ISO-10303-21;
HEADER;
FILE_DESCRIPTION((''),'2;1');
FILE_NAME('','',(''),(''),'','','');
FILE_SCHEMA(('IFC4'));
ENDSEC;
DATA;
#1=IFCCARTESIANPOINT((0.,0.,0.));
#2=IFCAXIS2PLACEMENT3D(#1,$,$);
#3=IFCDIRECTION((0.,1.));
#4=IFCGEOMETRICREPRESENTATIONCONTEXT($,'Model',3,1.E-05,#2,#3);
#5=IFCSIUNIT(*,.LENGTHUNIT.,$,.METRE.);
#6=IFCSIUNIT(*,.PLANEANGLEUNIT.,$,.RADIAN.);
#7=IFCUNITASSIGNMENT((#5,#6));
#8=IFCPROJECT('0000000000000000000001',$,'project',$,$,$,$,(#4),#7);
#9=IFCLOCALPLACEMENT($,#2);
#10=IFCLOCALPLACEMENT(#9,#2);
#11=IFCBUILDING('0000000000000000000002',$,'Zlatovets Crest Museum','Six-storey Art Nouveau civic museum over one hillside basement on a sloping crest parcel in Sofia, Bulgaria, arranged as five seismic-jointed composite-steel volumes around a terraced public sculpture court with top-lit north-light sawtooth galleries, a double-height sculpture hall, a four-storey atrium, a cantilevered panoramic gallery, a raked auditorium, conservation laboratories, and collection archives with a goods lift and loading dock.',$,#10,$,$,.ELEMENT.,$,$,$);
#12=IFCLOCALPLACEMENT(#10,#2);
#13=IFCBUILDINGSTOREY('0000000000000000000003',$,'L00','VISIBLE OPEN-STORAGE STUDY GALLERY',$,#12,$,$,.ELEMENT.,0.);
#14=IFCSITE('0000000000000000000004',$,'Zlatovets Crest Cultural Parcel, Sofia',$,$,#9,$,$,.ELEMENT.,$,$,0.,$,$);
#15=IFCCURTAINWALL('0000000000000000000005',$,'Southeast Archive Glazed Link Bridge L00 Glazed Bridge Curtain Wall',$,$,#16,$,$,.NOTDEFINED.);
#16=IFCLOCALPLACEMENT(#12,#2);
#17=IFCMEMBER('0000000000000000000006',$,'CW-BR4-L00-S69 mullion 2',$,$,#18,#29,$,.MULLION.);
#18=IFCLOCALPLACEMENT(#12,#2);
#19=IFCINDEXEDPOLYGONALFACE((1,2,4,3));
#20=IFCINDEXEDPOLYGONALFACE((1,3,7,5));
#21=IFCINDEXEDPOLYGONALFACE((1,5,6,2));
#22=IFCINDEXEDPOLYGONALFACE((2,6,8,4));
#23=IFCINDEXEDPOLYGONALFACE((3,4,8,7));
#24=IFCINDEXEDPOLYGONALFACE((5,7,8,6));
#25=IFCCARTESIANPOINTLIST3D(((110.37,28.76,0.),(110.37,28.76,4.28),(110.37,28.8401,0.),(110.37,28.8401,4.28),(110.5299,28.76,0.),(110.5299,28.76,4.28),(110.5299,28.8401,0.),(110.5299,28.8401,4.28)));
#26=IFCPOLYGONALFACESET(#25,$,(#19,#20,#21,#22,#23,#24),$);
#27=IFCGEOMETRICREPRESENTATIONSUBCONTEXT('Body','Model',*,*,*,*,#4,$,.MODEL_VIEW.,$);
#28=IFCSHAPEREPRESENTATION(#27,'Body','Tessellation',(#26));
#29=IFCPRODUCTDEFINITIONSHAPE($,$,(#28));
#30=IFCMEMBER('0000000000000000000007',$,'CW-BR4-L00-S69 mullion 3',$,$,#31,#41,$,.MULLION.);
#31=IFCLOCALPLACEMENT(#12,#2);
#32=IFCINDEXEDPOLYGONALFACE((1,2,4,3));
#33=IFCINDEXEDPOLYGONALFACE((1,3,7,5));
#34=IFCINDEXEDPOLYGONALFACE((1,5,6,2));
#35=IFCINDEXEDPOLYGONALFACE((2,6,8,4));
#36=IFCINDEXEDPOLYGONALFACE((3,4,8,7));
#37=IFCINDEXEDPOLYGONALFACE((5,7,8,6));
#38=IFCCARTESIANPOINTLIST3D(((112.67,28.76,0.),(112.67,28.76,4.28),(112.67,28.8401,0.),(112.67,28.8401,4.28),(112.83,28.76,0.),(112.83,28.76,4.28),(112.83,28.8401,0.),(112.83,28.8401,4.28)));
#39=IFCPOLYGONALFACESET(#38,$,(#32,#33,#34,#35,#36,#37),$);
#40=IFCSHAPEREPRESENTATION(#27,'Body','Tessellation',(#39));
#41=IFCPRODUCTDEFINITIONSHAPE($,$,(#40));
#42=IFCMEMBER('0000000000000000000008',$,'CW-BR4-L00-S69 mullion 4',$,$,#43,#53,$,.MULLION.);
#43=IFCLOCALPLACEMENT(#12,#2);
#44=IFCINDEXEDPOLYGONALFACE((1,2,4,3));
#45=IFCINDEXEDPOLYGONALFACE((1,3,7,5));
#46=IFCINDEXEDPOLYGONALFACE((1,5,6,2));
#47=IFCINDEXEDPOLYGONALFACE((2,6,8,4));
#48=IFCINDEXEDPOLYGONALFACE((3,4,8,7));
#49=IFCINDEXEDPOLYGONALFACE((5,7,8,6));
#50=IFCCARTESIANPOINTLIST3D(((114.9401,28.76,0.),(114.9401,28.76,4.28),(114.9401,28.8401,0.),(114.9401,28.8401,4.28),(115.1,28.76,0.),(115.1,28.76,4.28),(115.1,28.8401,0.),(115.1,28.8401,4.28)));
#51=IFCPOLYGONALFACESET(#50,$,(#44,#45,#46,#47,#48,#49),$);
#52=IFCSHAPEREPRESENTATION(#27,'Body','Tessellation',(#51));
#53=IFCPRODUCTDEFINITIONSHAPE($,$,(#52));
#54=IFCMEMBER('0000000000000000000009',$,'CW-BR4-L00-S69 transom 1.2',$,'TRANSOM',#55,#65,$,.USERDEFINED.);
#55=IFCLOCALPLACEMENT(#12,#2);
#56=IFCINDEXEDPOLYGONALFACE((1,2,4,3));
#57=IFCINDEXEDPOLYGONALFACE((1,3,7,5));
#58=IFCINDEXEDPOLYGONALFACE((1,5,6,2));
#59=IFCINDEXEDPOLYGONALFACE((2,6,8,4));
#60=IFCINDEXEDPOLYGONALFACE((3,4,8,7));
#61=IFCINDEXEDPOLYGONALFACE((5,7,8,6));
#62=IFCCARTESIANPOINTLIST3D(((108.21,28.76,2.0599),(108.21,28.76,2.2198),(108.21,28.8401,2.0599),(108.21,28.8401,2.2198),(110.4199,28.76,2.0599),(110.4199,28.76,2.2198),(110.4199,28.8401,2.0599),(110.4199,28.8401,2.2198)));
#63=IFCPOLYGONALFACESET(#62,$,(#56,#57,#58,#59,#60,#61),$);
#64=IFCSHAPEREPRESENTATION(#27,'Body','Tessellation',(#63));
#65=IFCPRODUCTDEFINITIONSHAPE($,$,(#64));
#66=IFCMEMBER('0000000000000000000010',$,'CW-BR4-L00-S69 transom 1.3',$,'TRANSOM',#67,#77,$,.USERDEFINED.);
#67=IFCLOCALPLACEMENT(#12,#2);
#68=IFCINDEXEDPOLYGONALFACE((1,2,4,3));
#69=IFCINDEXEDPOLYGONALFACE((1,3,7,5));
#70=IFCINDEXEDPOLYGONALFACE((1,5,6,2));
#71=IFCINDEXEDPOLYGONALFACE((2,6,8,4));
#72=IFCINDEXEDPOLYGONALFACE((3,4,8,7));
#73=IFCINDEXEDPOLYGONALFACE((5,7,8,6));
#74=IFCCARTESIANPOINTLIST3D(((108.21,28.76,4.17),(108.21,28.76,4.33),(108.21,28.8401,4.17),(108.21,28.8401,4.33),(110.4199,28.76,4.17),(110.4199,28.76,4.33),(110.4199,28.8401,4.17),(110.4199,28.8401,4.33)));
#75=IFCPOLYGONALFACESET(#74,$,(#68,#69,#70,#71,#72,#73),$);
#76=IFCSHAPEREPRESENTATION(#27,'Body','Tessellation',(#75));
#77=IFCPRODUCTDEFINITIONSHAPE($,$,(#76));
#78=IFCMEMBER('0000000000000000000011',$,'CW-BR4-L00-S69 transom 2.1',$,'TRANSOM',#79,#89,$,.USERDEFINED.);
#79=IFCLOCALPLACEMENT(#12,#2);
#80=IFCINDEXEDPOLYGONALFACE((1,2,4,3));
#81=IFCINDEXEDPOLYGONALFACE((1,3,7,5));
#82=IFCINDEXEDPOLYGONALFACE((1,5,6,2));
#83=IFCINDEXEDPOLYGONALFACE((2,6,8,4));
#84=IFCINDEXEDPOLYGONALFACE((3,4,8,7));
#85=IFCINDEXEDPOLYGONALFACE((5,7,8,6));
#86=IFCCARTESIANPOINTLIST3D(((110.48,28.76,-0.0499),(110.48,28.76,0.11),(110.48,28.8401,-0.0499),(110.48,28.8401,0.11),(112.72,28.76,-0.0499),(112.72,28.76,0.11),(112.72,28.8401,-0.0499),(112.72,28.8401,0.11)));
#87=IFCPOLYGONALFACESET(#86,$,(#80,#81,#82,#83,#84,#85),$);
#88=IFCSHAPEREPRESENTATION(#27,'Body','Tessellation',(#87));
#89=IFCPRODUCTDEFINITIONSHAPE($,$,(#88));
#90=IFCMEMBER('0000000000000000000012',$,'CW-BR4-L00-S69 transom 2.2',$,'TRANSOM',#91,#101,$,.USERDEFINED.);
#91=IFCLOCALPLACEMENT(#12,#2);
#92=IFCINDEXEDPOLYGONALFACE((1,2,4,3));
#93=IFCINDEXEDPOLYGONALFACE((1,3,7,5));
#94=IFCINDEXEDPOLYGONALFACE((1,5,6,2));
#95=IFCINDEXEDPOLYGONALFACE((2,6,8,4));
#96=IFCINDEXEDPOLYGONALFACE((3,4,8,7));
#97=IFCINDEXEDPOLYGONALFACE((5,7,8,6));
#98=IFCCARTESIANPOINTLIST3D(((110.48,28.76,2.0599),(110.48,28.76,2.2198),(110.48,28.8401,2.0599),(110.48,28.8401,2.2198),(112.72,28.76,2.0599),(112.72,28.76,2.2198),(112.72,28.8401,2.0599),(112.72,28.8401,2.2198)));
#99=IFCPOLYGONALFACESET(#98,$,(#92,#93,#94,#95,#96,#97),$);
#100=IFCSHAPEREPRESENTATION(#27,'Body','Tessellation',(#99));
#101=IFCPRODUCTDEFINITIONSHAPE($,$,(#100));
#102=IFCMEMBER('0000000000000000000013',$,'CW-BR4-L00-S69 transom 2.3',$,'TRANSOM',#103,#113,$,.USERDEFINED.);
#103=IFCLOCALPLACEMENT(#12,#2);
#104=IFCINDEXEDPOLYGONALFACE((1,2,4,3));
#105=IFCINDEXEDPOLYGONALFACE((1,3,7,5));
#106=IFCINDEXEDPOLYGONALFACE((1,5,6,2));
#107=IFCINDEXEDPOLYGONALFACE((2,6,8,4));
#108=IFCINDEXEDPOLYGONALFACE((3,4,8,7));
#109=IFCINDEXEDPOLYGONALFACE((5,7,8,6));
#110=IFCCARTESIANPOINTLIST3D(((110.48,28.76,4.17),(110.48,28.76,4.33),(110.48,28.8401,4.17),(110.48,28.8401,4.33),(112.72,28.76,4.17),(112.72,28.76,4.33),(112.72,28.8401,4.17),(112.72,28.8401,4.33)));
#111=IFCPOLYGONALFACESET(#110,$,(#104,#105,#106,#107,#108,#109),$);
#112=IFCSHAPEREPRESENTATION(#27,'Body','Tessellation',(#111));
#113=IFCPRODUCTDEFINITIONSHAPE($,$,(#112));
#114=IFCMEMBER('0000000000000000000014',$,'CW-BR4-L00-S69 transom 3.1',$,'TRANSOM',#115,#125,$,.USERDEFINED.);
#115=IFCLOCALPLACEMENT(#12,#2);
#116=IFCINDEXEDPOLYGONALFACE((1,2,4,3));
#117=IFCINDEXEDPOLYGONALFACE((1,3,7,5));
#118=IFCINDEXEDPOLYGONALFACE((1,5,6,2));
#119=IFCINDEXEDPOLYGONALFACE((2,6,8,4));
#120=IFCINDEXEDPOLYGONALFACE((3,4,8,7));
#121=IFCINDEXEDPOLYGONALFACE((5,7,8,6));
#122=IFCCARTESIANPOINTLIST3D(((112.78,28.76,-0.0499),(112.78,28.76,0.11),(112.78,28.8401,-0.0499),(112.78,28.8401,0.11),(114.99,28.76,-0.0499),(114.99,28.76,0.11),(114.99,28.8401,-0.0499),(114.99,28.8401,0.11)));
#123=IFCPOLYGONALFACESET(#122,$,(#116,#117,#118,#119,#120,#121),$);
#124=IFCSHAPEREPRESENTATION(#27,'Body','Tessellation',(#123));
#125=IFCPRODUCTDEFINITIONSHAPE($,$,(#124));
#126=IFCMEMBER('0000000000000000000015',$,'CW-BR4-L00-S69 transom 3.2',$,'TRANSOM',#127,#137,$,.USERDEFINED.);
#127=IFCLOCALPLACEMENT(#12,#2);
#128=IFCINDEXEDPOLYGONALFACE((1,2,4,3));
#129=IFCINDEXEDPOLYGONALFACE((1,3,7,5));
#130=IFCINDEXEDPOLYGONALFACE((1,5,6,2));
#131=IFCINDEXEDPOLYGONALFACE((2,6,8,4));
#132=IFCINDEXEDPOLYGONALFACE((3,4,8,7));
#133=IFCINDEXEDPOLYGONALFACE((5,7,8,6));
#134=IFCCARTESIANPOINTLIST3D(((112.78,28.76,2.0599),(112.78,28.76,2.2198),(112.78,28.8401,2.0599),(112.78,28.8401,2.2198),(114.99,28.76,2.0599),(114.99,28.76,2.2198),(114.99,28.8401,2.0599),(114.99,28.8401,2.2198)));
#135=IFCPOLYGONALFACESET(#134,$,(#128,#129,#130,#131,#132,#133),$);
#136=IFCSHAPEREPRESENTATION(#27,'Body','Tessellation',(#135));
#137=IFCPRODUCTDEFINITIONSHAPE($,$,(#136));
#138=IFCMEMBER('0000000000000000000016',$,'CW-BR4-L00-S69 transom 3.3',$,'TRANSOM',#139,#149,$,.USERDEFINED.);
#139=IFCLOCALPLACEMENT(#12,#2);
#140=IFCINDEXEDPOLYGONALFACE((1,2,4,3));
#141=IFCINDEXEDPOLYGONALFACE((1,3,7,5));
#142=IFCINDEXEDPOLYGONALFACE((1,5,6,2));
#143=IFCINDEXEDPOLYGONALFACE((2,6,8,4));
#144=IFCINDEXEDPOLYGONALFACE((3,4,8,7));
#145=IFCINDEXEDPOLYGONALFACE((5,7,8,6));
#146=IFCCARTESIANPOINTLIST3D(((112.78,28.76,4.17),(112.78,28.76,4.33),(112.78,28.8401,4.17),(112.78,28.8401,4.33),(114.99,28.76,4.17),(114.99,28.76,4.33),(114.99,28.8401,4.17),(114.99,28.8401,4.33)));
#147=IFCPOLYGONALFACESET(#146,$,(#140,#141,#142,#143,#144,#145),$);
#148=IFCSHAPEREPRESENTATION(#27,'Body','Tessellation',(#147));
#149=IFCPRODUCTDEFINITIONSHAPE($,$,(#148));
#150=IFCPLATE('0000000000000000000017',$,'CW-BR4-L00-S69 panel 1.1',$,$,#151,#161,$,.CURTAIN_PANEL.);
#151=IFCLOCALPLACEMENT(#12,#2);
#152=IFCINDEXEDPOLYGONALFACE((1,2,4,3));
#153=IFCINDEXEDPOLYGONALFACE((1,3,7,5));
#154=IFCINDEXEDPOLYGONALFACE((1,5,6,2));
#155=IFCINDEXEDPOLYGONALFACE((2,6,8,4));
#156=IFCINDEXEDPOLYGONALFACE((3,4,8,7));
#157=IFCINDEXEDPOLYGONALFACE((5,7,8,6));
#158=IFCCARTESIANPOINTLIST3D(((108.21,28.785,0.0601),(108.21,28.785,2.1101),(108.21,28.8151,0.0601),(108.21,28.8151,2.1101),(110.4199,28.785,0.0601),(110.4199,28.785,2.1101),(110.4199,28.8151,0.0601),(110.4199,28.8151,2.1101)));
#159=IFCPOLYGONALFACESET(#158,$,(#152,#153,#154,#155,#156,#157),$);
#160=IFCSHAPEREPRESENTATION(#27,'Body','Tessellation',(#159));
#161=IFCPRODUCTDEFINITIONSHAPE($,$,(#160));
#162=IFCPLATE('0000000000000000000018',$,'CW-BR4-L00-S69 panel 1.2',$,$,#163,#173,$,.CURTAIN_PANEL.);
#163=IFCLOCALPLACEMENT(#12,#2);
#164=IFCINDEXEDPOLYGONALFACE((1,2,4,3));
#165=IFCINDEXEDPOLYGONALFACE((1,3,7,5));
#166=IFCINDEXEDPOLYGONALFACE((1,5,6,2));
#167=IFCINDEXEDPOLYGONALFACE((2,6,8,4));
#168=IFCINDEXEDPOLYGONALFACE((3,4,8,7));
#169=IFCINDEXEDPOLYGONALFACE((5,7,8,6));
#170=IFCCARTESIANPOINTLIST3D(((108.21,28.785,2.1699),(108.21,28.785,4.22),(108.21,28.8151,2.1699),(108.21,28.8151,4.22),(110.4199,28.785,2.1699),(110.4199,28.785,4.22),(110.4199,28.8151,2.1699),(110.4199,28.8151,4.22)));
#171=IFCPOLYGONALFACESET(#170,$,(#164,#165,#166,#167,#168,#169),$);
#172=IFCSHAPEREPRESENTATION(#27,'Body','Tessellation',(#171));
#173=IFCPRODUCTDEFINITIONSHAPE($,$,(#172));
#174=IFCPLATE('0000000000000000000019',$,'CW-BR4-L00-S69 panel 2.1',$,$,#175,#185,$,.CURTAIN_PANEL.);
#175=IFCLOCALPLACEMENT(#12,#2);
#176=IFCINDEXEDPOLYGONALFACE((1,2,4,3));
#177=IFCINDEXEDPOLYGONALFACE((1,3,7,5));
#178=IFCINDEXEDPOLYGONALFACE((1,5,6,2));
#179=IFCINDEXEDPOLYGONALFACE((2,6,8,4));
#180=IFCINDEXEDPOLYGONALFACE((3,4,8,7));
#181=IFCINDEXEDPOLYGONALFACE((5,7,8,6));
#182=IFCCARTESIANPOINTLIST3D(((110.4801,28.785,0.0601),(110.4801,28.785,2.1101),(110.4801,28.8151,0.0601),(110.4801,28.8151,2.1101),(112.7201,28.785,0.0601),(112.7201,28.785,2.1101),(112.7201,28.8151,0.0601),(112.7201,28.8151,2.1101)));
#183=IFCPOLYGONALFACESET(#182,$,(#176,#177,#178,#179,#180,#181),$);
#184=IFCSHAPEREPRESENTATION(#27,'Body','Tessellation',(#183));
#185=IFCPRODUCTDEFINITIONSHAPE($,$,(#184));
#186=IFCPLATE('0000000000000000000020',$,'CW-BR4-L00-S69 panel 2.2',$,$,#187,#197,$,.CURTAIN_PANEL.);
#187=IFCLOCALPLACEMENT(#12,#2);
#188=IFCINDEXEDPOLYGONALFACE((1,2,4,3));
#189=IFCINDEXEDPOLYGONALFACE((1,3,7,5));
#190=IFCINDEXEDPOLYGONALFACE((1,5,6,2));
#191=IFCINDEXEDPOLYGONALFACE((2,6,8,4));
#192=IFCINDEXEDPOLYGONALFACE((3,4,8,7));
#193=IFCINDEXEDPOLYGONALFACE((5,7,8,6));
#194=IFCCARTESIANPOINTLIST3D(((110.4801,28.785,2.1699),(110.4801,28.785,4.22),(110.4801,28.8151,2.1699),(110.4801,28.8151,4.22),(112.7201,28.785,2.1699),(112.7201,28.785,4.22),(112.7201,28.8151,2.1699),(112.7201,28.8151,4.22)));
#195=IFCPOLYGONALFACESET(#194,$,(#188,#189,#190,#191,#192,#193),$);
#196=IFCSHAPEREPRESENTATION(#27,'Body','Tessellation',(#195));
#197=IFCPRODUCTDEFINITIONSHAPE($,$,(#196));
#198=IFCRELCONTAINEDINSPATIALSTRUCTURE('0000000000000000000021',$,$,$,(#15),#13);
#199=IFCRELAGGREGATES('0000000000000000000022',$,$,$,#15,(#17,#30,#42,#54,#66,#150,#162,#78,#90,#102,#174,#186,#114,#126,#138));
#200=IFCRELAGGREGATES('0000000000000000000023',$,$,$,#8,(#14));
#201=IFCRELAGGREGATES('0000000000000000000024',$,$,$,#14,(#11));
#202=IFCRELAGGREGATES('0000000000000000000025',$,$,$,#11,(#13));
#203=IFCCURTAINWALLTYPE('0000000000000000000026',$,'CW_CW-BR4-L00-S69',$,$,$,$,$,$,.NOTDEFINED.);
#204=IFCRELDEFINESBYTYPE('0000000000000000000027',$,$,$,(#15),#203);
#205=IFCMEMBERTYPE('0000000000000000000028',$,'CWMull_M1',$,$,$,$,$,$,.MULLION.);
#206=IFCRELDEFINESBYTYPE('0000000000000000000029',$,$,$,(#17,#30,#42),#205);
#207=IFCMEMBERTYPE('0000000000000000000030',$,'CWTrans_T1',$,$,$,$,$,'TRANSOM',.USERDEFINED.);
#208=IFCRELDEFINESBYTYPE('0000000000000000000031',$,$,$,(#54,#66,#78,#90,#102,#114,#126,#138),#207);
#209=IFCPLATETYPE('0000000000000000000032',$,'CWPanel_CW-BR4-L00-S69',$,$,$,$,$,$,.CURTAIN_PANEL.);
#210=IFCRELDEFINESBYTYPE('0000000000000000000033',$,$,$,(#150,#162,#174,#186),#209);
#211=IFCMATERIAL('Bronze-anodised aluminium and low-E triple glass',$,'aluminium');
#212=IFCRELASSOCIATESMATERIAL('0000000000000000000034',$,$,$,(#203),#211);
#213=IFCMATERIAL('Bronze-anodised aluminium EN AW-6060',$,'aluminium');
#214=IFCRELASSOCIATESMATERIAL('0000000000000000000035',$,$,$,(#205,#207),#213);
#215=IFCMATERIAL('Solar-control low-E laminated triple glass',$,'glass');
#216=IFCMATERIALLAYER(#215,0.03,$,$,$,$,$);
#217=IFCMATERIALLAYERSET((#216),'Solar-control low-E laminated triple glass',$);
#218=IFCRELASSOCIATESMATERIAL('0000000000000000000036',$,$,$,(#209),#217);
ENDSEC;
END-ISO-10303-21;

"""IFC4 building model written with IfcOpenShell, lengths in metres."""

from ifc_helpers import new_model, si_unit, direction, frame, origin, origin_2d, place, context, subcontext, project, spatial, rectangle, extrude, material, layer, layer_set, material_profile, profile_set, type_object, element, aggregate, save


model = new_model("IFC4")

# Units and contexts
model_context = context("Model", 3, precision=1e-05, world=origin(), true_north=direction((0.0, 1.0)))
body_context = subcontext(model_context, "Body", "Model", "MODEL_VIEW")
ifc_project = project(units=[si_unit("LENGTHUNIT", "METRE"), si_unit("PLANEANGLEUNIT", "RADIAN")], contexts=[model_context])

# Site, building, storey
site_placement = place(None, origin())
site = spatial("IfcSite", under=ifc_project, at=site_placement, Name="Zlatovets Crest Cultural Parcel, Sofia", CompositionType="ELEMENT", RefElevation=0.0)
building_placement = place(site_placement, origin())
building = spatial("IfcBuilding", under=site, at=building_placement, Name="Zlatovets Crest Museum", Description="Six-storey Art Nouveau civic museum over one hillside basement on a sloping crest parcel in Sofia, Bulgaria, arranged as five seismic-jointed composite-steel volumes around a terraced public sculpture court with top-lit north-light sawtooth galleries, a double-height sculpture hall, a four-storey atrium, a cantilevered panoramic gallery, a raked auditorium, conservation laboratories, and collection archives with a goods lift and loading dock.", CompositionType="ELEMENT")
storey_placement = place(building_placement, origin())
storey = spatial("IfcBuildingStorey", under=building, at=storey_placement, Name="L00", Description="VISIBLE OPEN-STORAGE STUDY GALLERY", CompositionType="ELEMENT", Elevation=0.0)

# Curtain wall, members, plates
ifc_material_1 = material(Name="Bronze-anodised aluminium and low-E triple glass", Category="aluminium")
curtain_wall_type = type_object("IfcCurtainWallType", Name="CW_CW-BR4-L00-S69", PredefinedType="NOTDEFINED", material=ifc_material_1)
curtain_wall_placement = place(storey_placement, origin())
curtain_wall = element("IfcCurtainWall", 1, at=curtain_wall_placement, inside=storey, type_object=curtain_wall_type, Name="Southeast Archive Glazed Link Bridge L00 Glazed Bridge Curtain Wall", PredefinedType="NOTDEFINED")
ifc_material_2 = material(Name="Bronze-anodised aluminium EN AW-6060", Category="aluminium")
ifc_material_profile_1 = material_profile(ifc_material_2, rectangle(XDim=0.0801, YDim=0.1599, at=origin_2d()), Name="ALU 80x160")
ifc_profile_set_1 = profile_set([ifc_material_profile_1], Name="Bronze-anodised aluminium EN AW-6060")
member_type_1 = type_object("IfcMemberType", Name="CWMull_M1", PredefinedType="MULLION", material=ifc_profile_set_1)
member_1_placement = place(storey_placement, frame((110.45, 28.8, 0.0), z_axis=(0.0, 0.0, 1.0), x_axis=(0.0, 1.0, 0.0)))
member_1 = element("IfcMember", 2, at=member_1_placement, type_object=member_type_1, Name="CW-BR4-L00-S69 mullion 2", PredefinedType="MULLION", context=body_context, shape_type="SweptSolid", body=[
    extrude(rectangle(XDim=0.0801, YDim=0.1599, at=origin_2d()), origin(), (0.0, 0.0, 1.0), 4.28),
])
member_2_placement = place(storey_placement, frame((112.75, 28.8, 0.0), z_axis=(0.0, 0.0, 1.0), x_axis=(0.0, 1.0, 0.0)))
member_2 = element("IfcMember", 3, at=member_2_placement, type_object=member_type_1, Name="CW-BR4-L00-S69 mullion 3", PredefinedType="MULLION", context=body_context, shape_type="SweptSolid", body=[
    extrude(rectangle(XDim=0.0801, YDim=0.1599, at=origin_2d()), origin(), (0.0, 0.0, 1.0), 4.28),
])
member_3_placement = place(storey_placement, frame((115.02, 28.8, 0.0), z_axis=(0.0, 0.0, 1.0), x_axis=(0.0, 1.0, 0.0)))
member_3 = element("IfcMember", 4, at=member_3_placement, type_object=member_type_1, Name="CW-BR4-L00-S69 mullion 4", PredefinedType="MULLION", context=body_context, shape_type="SweptSolid", body=[
    extrude(rectangle(XDim=0.0801, YDim=0.1599, at=origin_2d()), origin(), (0.0, 0.0, 1.0), 4.28),
])
ifc_material_profile_2 = material_profile(ifc_material_2, rectangle(XDim=0.0801, YDim=0.1599, at=origin_2d()), Name="ALU 80x160")
ifc_profile_set_2 = profile_set([ifc_material_profile_2], Name="Bronze-anodised aluminium EN AW-6060")
member_type_2 = type_object("IfcMemberType", Name="CWTrans_T1", ElementType="TRANSOM", PredefinedType="USERDEFINED", material=ifc_profile_set_2)
member_4_placement = place(storey_placement, frame((108.21, 28.8, 2.1399), z_axis=(1.0, 0.0, 0.0), x_axis=(0.0, 1.0, 0.0)))
member_4 = element("IfcMember", 5, at=member_4_placement, type_object=member_type_2, Name="CW-BR4-L00-S69 transom 1.2", ObjectType="TRANSOM", PredefinedType="USERDEFINED", context=body_context, shape_type="SweptSolid", body=[
    extrude(rectangle(XDim=0.0801, YDim=0.1599, at=origin_2d()), origin(), (0.0, 0.0, 1.0), 2.21),
])
member_5_placement = place(storey_placement, frame((108.21, 28.8, 4.25), z_axis=(1.0, 0.0, 0.0), x_axis=(0.0, 1.0, 0.0)))
member_5 = element("IfcMember", 6, at=member_5_placement, type_object=member_type_2, Name="CW-BR4-L00-S69 transom 1.3", ObjectType="TRANSOM", PredefinedType="USERDEFINED", context=body_context, shape_type="SweptSolid", body=[
    extrude(rectangle(XDim=0.0801, YDim=0.1599, at=origin_2d()), origin(), (0.0, 0.0, 1.0), 2.21),
])
member_6_placement = place(storey_placement, frame((110.48, 28.8, 0.03), z_axis=(1.0, 0.0, 0.0), x_axis=(0.0, 1.0, 0.0)))
member_6 = element("IfcMember", 7, at=member_6_placement, type_object=member_type_2, Name="CW-BR4-L00-S69 transom 2.1", ObjectType="TRANSOM", PredefinedType="USERDEFINED", context=body_context, shape_type="SweptSolid", body=[
    extrude(rectangle(XDim=0.0801, YDim=0.1599, at=origin_2d()), origin(), (0.0, 0.0, 1.0), 2.24),
])
member_7_placement = place(storey_placement, frame((110.48, 28.8, 2.1399), z_axis=(1.0, 0.0, 0.0), x_axis=(0.0, 1.0, 0.0)))
member_7 = element("IfcMember", 8, at=member_7_placement, type_object=member_type_2, Name="CW-BR4-L00-S69 transom 2.2", ObjectType="TRANSOM", PredefinedType="USERDEFINED", context=body_context, shape_type="SweptSolid", body=[
    extrude(rectangle(XDim=0.0801, YDim=0.1599, at=origin_2d()), origin(), (0.0, 0.0, 1.0), 2.24),
])
member_8_placement = place(storey_placement, frame((110.48, 28.8, 4.25), z_axis=(1.0, 0.0, 0.0), x_axis=(0.0, 1.0, 0.0)))
member_8 = element("IfcMember", 9, at=member_8_placement, type_object=member_type_2, Name="CW-BR4-L00-S69 transom 2.3", ObjectType="TRANSOM", PredefinedType="USERDEFINED", context=body_context, shape_type="SweptSolid", body=[
    extrude(rectangle(XDim=0.0801, YDim=0.1599, at=origin_2d()), origin(), (0.0, 0.0, 1.0), 2.24),
])
member_9_placement = place(storey_placement, frame((112.78, 28.8, 0.03), z_axis=(1.0, 0.0, 0.0), x_axis=(0.0, 1.0, 0.0)))
member_9 = element("IfcMember", 10, at=member_9_placement, type_object=member_type_2, Name="CW-BR4-L00-S69 transom 3.1", ObjectType="TRANSOM", PredefinedType="USERDEFINED", context=body_context, shape_type="SweptSolid", body=[
    extrude(rectangle(XDim=0.0801, YDim=0.1599, at=origin_2d()), origin(), (0.0, 0.0, 1.0), 2.21),
])
member_10_placement = place(storey_placement, frame((112.78, 28.8, 2.1399), z_axis=(1.0, 0.0, 0.0), x_axis=(0.0, 1.0, 0.0)))
member_10 = element("IfcMember", 11, at=member_10_placement, type_object=member_type_2, Name="CW-BR4-L00-S69 transom 3.2", ObjectType="TRANSOM", PredefinedType="USERDEFINED", context=body_context, shape_type="SweptSolid", body=[
    extrude(rectangle(XDim=0.0801, YDim=0.1599, at=origin_2d()), origin(), (0.0, 0.0, 1.0), 2.21),
])
member_11_placement = place(storey_placement, frame((112.78, 28.8, 4.25), z_axis=(1.0, 0.0, 0.0), x_axis=(0.0, 1.0, 0.0)))
member_11 = element("IfcMember", 12, at=member_11_placement, type_object=member_type_2, Name="CW-BR4-L00-S69 transom 3.3", ObjectType="TRANSOM", PredefinedType="USERDEFINED", context=body_context, shape_type="SweptSolid", body=[
    extrude(rectangle(XDim=0.0801, YDim=0.1599, at=origin_2d()), origin(), (0.0, 0.0, 1.0), 2.21),
])
ifc_material_3 = material(Name="Solar-control low-E laminated triple glass", Category="glass")
ifc_layer = layer(ifc_material_3, 0.03)
ifc_layer_set = layer_set([ifc_layer], Name="Solar-control low-E laminated triple glass")
plate_type = type_object("IfcPlateType", Name="CWPanel_CW-BR4-L00-S69", PredefinedType="CURTAIN_PANEL", material=ifc_layer_set)
plate_1_placement = place(storey_placement, frame((109.3149, 28.8, 0.0601), z_axis=(0.0, 0.0, 1.0), x_axis=(1.0, 0.0, 0.0)))
plate_1 = element("IfcPlate", 13, at=plate_1_placement, type_object=plate_type, Name="CW-BR4-L00-S69 panel 1.1", PredefinedType="CURTAIN_PANEL", context=body_context, shape_type="SweptSolid", body=[
    extrude(rectangle(XDim=2.21, YDim=0.03, at=origin_2d()), origin(), (0.0, 0.0, 1.0), 2.05),
])
plate_2_placement = place(storey_placement, frame((109.3149, 28.8, 2.1699), z_axis=(0.0, 0.0, 1.0), x_axis=(1.0, 0.0, 0.0)))
plate_2 = element("IfcPlate", 14, at=plate_2_placement, type_object=plate_type, Name="CW-BR4-L00-S69 panel 1.2", PredefinedType="CURTAIN_PANEL", context=body_context, shape_type="SweptSolid", body=[
    extrude(rectangle(XDim=2.21, YDim=0.03, at=origin_2d()), origin(), (0.0, 0.0, 1.0), 2.05),
])
plate_3_placement = place(storey_placement, frame((111.6001, 28.8, 0.0601), z_axis=(0.0, 0.0, 1.0), x_axis=(1.0, 0.0, 0.0)))
plate_3 = element("IfcPlate", 15, at=plate_3_placement, type_object=plate_type, Name="CW-BR4-L00-S69 panel 2.1", PredefinedType="CURTAIN_PANEL", context=body_context, shape_type="SweptSolid", body=[
    extrude(rectangle(XDim=2.24, YDim=0.03, at=origin_2d()), origin(), (0.0, 0.0, 1.0), 2.05),
])
plate_4_placement = place(storey_placement, frame((111.6001, 28.8, 2.1699), z_axis=(0.0, 0.0, 1.0), x_axis=(1.0, 0.0, 0.0)))
plate_4 = element("IfcPlate", 16, at=plate_4_placement, type_object=plate_type, Name="CW-BR4-L00-S69 panel 2.2", PredefinedType="CURTAIN_PANEL", context=body_context, shape_type="SweptSolid", body=[
    extrude(rectangle(XDim=2.24, YDim=0.03, at=origin_2d()), origin(), (0.0, 0.0, 1.0), 2.05),
])
aggregate(curtain_wall, [member_1, member_2, member_3, member_4, member_5, plate_1, plate_2, member_6, member_7, member_8, plate_3, plate_4, member_9, member_10, member_11])

save(model, "model.ifc")
